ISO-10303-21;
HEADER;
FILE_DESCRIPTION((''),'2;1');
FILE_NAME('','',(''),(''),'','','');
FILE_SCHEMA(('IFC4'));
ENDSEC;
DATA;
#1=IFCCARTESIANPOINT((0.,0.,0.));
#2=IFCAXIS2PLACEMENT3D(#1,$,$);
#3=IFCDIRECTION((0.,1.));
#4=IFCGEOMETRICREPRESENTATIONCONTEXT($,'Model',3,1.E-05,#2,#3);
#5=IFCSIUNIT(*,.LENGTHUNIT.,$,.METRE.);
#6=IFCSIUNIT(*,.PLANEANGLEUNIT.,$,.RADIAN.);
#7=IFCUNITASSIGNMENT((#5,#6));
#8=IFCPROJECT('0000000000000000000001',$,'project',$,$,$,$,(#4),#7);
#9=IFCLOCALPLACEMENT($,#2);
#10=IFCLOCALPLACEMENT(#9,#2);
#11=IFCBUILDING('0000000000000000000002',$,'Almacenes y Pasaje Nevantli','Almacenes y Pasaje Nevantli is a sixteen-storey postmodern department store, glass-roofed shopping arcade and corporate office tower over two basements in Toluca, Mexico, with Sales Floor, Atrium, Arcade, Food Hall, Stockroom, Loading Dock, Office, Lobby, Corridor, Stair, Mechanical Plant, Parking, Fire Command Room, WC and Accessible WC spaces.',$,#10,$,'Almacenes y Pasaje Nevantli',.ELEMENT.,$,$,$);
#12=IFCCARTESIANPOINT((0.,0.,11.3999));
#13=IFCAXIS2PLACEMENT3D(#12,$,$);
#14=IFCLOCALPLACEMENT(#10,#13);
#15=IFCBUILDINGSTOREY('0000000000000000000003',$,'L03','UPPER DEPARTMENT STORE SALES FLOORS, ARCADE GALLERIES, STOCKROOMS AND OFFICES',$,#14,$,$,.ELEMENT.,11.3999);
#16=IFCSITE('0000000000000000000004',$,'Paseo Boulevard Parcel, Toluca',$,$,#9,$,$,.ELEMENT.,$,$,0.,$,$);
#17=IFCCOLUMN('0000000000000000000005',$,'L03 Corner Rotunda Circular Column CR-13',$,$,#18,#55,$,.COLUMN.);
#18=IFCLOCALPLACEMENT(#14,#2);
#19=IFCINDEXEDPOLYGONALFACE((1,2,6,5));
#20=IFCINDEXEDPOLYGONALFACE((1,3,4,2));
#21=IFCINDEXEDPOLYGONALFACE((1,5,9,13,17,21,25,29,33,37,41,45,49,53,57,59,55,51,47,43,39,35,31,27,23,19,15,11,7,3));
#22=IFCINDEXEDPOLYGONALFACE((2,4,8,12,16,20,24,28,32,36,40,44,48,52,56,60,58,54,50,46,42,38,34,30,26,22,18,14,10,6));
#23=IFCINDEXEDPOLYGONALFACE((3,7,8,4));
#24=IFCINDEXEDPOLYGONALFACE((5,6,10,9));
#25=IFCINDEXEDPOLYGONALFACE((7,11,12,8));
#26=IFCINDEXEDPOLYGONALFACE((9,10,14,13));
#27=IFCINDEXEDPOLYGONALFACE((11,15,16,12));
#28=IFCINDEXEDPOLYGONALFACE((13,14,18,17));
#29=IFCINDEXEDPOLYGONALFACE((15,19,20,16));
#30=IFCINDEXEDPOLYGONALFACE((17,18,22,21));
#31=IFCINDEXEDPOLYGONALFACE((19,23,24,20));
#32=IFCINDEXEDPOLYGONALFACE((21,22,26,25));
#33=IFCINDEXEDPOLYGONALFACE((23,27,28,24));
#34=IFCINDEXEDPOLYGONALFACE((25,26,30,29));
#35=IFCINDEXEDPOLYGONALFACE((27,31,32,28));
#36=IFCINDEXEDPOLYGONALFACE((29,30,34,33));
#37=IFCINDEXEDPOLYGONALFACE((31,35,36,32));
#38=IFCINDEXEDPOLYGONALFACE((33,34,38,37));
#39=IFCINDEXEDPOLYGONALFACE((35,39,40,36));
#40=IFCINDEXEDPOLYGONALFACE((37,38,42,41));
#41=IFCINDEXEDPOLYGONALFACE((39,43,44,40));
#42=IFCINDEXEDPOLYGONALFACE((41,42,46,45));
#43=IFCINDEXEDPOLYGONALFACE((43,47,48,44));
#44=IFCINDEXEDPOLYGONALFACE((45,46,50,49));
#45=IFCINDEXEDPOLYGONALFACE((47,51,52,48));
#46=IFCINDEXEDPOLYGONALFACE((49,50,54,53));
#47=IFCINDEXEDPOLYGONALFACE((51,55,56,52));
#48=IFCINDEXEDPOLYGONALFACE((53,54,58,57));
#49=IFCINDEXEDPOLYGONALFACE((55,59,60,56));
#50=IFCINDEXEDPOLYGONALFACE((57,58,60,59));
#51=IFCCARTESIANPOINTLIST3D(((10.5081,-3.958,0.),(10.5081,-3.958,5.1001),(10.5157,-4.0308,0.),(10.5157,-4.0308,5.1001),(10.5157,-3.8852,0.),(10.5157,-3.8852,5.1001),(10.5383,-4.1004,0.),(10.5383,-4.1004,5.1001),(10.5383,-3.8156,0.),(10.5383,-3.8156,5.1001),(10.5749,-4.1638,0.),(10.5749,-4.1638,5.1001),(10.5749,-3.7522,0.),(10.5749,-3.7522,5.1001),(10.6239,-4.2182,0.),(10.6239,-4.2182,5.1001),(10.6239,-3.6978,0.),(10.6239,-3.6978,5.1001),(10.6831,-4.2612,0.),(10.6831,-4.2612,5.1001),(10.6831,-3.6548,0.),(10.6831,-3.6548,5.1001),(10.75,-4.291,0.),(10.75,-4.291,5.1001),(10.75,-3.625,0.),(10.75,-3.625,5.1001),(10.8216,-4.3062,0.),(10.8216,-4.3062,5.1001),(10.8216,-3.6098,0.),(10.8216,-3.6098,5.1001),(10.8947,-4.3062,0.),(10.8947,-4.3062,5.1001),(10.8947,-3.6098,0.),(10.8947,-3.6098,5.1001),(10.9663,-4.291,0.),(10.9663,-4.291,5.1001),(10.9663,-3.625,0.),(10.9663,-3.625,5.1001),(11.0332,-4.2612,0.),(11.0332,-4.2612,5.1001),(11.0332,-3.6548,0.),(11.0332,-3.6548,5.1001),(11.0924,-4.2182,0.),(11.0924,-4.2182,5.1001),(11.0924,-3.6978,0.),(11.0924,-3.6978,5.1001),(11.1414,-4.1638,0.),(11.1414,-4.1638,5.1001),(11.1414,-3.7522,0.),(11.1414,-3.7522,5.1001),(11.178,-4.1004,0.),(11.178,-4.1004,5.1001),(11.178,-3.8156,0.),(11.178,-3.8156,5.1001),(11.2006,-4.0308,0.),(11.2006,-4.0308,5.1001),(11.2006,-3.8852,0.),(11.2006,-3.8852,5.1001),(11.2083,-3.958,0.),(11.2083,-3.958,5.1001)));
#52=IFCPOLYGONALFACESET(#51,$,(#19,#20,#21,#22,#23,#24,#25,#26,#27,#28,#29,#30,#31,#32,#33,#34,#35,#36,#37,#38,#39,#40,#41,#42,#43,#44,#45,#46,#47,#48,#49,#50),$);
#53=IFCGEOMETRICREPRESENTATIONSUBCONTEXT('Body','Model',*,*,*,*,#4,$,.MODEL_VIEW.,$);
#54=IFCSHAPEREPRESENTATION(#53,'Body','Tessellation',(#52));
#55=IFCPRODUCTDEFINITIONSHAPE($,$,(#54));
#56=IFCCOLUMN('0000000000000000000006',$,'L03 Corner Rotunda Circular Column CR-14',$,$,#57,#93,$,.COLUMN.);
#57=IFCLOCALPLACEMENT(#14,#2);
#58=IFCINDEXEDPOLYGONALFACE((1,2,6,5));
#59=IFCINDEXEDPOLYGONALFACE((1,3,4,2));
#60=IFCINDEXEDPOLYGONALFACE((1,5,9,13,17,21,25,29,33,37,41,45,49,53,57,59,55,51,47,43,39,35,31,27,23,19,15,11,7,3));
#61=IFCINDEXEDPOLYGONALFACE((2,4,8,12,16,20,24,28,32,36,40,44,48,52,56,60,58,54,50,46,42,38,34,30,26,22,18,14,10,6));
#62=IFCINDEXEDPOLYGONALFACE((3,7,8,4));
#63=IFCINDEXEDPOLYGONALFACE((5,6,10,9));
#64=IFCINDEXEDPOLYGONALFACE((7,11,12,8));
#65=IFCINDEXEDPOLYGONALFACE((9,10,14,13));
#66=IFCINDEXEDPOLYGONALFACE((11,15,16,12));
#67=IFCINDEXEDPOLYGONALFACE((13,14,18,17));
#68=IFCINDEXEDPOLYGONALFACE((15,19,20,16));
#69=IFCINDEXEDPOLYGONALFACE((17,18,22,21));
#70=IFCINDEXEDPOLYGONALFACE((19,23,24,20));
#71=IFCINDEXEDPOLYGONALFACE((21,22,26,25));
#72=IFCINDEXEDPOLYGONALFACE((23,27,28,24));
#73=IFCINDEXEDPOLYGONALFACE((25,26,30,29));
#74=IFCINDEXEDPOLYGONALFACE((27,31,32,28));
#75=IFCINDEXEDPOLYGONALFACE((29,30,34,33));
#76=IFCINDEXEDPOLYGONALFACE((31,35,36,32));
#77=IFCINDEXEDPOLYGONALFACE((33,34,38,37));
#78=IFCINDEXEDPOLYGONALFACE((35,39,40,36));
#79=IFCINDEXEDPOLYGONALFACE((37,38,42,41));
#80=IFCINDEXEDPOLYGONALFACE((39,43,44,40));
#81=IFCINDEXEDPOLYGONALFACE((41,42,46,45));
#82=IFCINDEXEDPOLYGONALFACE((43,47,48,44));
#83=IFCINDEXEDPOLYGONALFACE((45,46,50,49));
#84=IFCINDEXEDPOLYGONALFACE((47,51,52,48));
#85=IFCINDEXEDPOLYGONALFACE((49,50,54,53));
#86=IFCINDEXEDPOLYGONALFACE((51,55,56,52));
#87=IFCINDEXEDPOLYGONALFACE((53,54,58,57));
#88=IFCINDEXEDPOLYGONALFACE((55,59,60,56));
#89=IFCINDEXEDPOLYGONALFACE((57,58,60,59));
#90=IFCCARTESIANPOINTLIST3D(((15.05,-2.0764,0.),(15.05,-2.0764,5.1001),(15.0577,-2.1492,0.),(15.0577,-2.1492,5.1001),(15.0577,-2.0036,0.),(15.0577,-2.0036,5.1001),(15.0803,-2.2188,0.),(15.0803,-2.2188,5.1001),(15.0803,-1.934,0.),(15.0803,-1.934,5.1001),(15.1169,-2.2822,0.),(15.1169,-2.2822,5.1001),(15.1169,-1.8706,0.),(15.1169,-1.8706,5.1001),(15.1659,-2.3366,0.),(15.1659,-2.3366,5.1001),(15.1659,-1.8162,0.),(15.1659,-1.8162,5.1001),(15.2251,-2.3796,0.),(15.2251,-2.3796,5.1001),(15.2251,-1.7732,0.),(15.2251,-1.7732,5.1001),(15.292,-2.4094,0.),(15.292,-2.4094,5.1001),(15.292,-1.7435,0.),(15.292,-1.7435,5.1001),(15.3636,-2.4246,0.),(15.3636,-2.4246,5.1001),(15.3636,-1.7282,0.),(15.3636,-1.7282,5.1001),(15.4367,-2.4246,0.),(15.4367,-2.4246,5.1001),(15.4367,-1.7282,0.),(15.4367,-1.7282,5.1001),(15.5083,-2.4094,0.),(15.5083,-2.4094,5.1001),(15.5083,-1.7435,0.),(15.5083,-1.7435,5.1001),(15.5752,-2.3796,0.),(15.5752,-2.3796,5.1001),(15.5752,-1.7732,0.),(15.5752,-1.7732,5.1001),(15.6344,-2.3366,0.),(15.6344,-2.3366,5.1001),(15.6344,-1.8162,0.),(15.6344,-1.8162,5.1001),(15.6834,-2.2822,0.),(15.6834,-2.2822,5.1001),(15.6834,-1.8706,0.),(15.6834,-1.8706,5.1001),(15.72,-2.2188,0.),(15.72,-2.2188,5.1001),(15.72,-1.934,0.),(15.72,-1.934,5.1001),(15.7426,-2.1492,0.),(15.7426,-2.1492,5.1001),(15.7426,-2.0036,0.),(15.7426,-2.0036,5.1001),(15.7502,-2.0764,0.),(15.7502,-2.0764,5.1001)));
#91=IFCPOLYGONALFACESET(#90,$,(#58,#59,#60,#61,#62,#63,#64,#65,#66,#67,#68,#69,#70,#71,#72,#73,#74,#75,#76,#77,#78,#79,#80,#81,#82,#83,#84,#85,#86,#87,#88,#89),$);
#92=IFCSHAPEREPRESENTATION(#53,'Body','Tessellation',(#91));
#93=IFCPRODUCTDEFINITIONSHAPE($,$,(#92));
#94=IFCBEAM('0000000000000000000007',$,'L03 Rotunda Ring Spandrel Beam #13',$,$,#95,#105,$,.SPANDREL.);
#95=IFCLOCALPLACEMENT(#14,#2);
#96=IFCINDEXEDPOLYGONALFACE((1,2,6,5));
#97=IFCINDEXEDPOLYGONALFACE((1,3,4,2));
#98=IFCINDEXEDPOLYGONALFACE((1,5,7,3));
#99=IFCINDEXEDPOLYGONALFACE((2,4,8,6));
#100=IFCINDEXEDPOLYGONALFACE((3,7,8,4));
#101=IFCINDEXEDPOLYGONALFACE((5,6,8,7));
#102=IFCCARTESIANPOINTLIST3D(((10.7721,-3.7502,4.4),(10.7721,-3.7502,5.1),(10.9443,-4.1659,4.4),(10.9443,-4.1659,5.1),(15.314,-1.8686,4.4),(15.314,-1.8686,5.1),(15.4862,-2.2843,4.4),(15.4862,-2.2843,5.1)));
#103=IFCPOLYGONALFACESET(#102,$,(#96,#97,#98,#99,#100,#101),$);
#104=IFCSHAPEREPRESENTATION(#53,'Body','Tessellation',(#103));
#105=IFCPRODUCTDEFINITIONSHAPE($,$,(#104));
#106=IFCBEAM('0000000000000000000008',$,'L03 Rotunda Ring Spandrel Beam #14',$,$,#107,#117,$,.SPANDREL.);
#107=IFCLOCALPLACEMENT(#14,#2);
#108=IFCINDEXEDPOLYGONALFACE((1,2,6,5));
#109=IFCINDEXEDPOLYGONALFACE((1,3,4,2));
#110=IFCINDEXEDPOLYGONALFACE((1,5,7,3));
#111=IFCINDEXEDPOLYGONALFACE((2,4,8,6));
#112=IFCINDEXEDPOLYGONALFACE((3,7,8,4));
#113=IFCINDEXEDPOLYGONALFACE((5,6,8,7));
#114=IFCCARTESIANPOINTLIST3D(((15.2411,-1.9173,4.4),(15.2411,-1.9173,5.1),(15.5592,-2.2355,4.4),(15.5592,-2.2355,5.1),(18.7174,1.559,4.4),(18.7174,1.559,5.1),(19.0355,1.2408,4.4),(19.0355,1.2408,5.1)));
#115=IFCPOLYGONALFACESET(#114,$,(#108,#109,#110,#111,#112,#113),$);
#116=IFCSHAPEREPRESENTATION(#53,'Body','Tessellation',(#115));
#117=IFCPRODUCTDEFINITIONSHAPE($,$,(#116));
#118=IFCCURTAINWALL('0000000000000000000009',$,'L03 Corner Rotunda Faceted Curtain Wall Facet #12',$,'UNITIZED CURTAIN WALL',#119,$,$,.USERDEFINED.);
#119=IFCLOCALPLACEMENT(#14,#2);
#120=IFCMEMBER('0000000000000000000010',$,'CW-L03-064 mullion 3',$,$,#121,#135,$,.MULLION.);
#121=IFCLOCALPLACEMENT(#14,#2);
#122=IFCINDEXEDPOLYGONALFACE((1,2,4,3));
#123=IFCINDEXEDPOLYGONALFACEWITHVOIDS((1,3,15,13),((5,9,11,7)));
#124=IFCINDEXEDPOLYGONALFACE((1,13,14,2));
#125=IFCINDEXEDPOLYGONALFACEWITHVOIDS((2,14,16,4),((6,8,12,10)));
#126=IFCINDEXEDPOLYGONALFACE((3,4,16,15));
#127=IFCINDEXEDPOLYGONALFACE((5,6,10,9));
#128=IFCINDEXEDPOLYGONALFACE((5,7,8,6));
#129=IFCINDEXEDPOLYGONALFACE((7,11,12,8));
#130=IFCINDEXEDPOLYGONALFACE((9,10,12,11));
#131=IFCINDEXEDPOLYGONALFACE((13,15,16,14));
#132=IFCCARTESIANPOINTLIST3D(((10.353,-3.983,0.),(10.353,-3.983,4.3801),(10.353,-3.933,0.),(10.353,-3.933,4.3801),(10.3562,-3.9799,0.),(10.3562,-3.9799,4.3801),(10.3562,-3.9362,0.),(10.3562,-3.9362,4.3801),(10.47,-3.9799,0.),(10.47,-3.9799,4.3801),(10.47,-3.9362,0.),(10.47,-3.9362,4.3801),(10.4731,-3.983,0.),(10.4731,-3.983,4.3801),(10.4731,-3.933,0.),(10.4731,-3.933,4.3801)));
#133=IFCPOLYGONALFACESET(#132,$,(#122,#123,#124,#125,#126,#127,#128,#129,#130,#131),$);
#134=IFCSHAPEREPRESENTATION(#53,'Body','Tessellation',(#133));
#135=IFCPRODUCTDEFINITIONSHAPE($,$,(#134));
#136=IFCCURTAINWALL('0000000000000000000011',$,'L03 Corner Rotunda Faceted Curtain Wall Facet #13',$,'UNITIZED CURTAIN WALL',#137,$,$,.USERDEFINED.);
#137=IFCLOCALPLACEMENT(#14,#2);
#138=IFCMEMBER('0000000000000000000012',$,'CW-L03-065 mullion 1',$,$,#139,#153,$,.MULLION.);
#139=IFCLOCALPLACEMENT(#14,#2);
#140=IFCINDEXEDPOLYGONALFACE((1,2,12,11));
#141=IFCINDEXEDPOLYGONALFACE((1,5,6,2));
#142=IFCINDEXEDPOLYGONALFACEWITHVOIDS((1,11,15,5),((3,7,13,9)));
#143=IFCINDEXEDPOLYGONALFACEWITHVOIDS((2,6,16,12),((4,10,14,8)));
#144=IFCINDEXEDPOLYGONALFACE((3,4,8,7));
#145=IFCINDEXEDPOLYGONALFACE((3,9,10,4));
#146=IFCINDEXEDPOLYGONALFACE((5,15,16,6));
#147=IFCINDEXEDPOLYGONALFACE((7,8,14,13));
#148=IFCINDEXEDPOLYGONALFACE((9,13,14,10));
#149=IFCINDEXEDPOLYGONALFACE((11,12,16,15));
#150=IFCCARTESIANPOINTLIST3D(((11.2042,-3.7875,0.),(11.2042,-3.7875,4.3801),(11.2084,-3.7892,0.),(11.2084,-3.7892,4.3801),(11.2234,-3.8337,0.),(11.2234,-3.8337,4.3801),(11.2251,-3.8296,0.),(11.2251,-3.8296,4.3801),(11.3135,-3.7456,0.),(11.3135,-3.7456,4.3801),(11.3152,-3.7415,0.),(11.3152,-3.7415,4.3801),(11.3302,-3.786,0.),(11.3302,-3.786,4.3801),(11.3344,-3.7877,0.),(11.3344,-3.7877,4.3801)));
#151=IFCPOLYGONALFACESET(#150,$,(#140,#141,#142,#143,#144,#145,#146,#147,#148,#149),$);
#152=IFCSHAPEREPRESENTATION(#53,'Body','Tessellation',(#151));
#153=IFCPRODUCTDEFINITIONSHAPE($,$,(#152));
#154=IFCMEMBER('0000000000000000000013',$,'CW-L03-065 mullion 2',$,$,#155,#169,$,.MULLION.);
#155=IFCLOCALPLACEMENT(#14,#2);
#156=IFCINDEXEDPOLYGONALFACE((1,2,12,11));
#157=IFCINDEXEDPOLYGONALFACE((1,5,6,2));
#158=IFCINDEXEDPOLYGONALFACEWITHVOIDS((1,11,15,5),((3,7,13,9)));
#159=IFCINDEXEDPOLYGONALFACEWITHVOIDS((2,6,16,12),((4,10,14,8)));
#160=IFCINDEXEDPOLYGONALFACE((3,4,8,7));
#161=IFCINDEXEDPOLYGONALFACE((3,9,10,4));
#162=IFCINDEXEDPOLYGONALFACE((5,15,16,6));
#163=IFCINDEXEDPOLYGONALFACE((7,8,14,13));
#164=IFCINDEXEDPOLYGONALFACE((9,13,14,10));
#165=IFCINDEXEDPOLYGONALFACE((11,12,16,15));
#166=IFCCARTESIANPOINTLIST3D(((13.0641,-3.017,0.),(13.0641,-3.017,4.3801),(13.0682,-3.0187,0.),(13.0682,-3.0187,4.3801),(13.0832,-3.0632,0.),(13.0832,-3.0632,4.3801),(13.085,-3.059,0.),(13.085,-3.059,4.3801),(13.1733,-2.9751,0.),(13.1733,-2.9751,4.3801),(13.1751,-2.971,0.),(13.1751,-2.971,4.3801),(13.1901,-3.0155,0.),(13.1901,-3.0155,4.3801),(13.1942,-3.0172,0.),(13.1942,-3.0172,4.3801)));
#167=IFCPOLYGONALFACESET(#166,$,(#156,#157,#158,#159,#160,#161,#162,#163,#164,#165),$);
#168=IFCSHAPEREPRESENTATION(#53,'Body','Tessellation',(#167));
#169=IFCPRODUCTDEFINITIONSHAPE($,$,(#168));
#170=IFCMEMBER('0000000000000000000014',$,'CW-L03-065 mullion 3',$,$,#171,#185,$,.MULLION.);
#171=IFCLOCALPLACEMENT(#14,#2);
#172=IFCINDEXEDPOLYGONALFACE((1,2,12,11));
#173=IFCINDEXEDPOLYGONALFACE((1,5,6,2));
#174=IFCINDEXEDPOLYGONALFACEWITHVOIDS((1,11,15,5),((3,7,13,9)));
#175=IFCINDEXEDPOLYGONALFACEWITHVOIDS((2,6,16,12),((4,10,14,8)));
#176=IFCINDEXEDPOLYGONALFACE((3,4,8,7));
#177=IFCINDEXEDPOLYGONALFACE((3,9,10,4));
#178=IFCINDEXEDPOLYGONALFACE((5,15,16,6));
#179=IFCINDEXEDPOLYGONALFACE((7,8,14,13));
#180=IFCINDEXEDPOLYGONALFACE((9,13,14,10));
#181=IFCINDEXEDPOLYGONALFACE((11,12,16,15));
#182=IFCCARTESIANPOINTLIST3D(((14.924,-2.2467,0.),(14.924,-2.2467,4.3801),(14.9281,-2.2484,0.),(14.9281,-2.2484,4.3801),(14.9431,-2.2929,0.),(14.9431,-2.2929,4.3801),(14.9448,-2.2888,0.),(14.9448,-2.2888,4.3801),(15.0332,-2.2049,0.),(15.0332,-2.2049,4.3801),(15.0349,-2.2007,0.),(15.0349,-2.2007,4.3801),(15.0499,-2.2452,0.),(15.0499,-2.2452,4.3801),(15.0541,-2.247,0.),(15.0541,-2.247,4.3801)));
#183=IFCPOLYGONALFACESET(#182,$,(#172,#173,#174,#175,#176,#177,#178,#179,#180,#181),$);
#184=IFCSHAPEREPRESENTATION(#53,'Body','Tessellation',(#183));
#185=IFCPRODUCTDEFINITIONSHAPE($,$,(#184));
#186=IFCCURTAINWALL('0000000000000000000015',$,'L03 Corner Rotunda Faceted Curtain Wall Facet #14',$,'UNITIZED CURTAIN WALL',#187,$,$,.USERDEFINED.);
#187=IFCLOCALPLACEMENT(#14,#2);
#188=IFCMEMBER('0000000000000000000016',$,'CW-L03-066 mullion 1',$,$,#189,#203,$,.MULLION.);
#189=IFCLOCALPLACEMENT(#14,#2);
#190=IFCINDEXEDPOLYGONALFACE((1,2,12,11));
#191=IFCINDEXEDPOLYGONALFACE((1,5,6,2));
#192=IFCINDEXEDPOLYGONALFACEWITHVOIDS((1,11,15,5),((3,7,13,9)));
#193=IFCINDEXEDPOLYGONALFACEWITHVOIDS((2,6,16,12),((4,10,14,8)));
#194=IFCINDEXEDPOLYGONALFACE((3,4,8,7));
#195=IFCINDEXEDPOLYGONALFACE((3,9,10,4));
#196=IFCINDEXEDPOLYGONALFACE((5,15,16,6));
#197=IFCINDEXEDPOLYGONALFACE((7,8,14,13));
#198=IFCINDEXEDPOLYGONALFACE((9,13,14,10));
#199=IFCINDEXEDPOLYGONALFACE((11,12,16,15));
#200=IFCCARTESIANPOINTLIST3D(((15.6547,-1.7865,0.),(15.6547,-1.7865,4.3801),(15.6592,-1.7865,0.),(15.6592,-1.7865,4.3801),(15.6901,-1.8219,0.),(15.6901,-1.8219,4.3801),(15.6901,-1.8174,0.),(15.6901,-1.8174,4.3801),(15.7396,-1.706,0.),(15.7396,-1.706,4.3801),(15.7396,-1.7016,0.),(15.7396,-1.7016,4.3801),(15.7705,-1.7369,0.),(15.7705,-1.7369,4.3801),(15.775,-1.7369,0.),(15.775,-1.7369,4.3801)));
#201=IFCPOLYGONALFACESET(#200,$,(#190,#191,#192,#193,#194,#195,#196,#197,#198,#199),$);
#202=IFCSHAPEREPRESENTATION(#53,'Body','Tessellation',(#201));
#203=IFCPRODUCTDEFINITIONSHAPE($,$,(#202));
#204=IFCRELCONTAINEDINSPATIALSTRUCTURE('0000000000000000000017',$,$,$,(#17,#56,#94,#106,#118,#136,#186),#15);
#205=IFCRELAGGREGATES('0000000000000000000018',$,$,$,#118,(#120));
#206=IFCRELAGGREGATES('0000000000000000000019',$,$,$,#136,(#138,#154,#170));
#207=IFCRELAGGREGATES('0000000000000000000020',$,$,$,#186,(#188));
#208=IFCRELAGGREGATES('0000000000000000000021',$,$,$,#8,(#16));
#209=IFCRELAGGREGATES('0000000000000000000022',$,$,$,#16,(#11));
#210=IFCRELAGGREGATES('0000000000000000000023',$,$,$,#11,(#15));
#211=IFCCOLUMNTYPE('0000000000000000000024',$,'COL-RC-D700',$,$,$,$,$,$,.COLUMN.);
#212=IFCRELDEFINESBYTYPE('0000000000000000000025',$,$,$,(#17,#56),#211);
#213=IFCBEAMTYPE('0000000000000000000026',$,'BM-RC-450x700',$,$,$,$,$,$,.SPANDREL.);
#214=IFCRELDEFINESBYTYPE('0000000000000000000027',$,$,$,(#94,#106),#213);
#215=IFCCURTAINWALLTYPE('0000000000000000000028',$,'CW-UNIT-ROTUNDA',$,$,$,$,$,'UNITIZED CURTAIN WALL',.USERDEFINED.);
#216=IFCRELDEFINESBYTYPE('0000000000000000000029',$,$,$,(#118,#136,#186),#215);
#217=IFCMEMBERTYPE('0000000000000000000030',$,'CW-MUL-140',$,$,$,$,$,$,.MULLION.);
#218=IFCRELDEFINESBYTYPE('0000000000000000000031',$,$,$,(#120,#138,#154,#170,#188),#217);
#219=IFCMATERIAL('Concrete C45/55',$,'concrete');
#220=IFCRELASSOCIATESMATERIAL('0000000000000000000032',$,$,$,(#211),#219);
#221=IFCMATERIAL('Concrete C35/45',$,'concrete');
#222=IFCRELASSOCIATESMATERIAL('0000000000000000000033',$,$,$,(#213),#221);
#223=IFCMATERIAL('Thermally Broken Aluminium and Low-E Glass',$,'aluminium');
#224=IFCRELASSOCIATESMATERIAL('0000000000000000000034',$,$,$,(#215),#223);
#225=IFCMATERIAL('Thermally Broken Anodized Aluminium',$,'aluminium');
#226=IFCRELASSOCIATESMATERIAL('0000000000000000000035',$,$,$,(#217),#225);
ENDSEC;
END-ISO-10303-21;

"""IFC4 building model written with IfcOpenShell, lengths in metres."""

from ifc_helpers import new_model, si_unit, direction, frame, origin, origin_2d, place, context, subcontext, project, spatial, rectangle, hollow_rectangle, circle, extrude, material, material_profile, profile_set, type_object, element, aggregate, save


model = new_model("IFC4")

# Units and contexts
model_context = context("Model", 3, precision=1e-05, world=origin(), true_north=direction((0.0, 1.0)))
body_context = subcontext(model_context, "Body", "Model", "MODEL_VIEW")
ifc_project = project(units=[si_unit("LENGTHUNIT", "METRE"), si_unit("PLANEANGLEUNIT", "RADIAN")], contexts=[model_context])

# Site, building, storey
site_placement = place(None, origin())
site = spatial("IfcSite", under=ifc_project, at=site_placement, Name="Paseo Boulevard Parcel, Toluca", CompositionType="ELEMENT", RefElevation=0.0)
building_placement = place(site_placement, origin())
building = spatial("IfcBuilding", under=site, at=building_placement, Name="Almacenes y Pasaje Nevantli", Description="Almacenes y Pasaje Nevantli is a sixteen-storey postmodern department store, glass-roofed shopping arcade and corporate office tower over two basements in Toluca, Mexico, with Sales Floor, Atrium, Arcade, Food Hall, Stockroom, Loading Dock, Office, Lobby, Corridor, Stair, Mechanical Plant, Parking, Fire Command Room, WC and Accessible WC spaces.", LongName="Almacenes y Pasaje Nevantli", CompositionType="ELEMENT")
storey_placement = place(building_placement, frame((0.0, 0.0, 11.3999)))
storey = spatial("IfcBuildingStorey", under=building, at=storey_placement, Name="L03", Description="UPPER DEPARTMENT STORE SALES FLOORS, ARCADE GALLERIES, STOCKROOMS AND OFFICES", CompositionType="ELEMENT", Elevation=11.3999)

# Columns
ifc_material_1 = material(Name="Concrete C45/55", Category="concrete")
ifc_material_profile_1 = material_profile(ifc_material_1, circle(Radius=0.3501, at=origin_2d()), Name="RC-COL-D700")
ifc_profile_set_1 = profile_set([ifc_material_profile_1], Name="Concrete C45/55")
column_type = type_object("IfcColumnType", Name="COL-RC-D700", PredefinedType="COLUMN", material=ifc_profile_set_1)
for number, where, z_axis, x_axis, name in (
    (1, (10.8582, -3.958, 0.0), (0.0, 0.0, 1.0), (1.0, 0.0, 0.0), "L03 Corner Rotunda Circular Column CR-13"),
    (2, (15.4001, -2.0764, 0.0), (0.0, 0.0, 1.0), (1.0, 0.0, 0.0), "L03 Corner Rotunda Circular Column CR-14"),
):
    element("IfcColumn", number, at=place(storey_placement, frame(where, z_axis=z_axis, x_axis=x_axis)), inside=storey, type_object=column_type, Name=name, PredefinedType="COLUMN", context=body_context, shape_type="SweptSolid", body=[
        extrude(circle(Radius=0.3501, at=origin_2d()), origin(), (0.0, 0.0, 1.0), 5.1001),
    ])

# Beams
ifc_material_2 = material(Name="Concrete C35/45", Category="concrete")
ifc_material_profile_2 = material_profile(ifc_material_2, rectangle(XDim=0.45, YDim=0.7, at=origin_2d()), Name="RC-BM-450x700")
ifc_profile_set_2 = profile_set([ifc_material_profile_2], Name="Concrete C35/45")
beam_type = type_object("IfcBeamType", Name="BM-RC-450x700", PredefinedType="SPANDREL", material=ifc_profile_set_2)
for number, where, z_axis, x_axis, name in (
    (3, (10.8582, -3.958, 4.75), (0.923862, 0.382725, 0.0), (-0.382725, 0.923862, 0.0), "L03 Rotunda Ring Spandrel Beam #13"),
    (4, (15.4001, -2.0764, 4.75), (0.707107, 0.707107, 0.0), (-0.707107, 0.707107, 0.0), "L03 Rotunda Ring Spandrel Beam #14"),
):
    element("IfcBeam", number, at=place(storey_placement, frame(where, z_axis=z_axis, x_axis=x_axis)), inside=storey, type_object=beam_type, Name=name, PredefinedType="SPANDREL", context=body_context, shape_type="SweptSolid", body=[
        extrude(rectangle(XDim=0.45, YDim=0.7, at=origin_2d()), origin(), (0.0, 0.0, 1.0), 4.9163),
    ])

# Curtain wall, member
ifc_material_3 = material(Name="Thermally Broken Aluminium and Low-E Glass", Category="aluminium")
curtain_wall_type = type_object("IfcCurtainWallType", Name="CW-UNIT-ROTUNDA", ElementType="UNITIZED CURTAIN WALL", PredefinedType="USERDEFINED", material=ifc_material_3)
curtain_wall_1_placement = place(storey_placement, origin())
curtain_wall_1 = element("IfcCurtainWall", 5, at=curtain_wall_1_placement, inside=storey, type_object=curtain_wall_type, Name="L03 Corner Rotunda Faceted Curtain Wall Facet #12", ObjectType="UNITIZED CURTAIN WALL", PredefinedType="USERDEFINED")
ifc_material_4 = material(Name="Thermally Broken Anodized Aluminium", Category="aluminium")
ifc_material_profile_3 = material_profile(ifc_material_4, hollow_rectangle(XDim=0.05, YDim=0.1201, WallThickness=0.0032, at=origin_2d()), Name="ALU-MUL-50x120")
ifc_profile_set_3 = profile_set([ifc_material_profile_3], Name="Thermally Broken Anodized Aluminium")
member_type_1 = type_object("IfcMemberType", Name="CW-MUL-140", PredefinedType="MULLION", material=ifc_profile_set_3)
member_1_placement = place(storey_placement, frame((10.4131, -3.958, 0.0), z_axis=(0.0, 0.0, 1.0), x_axis=(0.0, 1.0, 0.0)))
member_1 = element("IfcMember", 6, at=member_1_placement, type_object=member_type_1, Name="CW-L03-064 mullion 3", PredefinedType="MULLION", context=body_context, shape_type="SweptSolid", body=[
    extrude(hollow_rectangle(XDim=0.05, YDim=0.1201, WallThickness=0.0032, at=origin_2d()), origin(), (0.0, 0.0, 1.0), 4.3801),
])

# Curtain wall, members
curtain_wall_2_placement = place(storey_placement, origin())
curtain_wall_2 = element("IfcCurtainWall", 7, at=curtain_wall_2_placement, inside=storey, type_object=curtain_wall_type, Name="L03 Corner Rotunda Faceted Curtain Wall Facet #13", ObjectType="UNITIZED CURTAIN WALL", PredefinedType="USERDEFINED")
member_2_placement = place(storey_placement, frame((11.2693, -3.7876, 0.0), z_axis=(0.0, 0.0, 1.0), x_axis=(-0.382698, 0.923873, 0.0)))
member_2 = element("IfcMember", 8, at=member_2_placement, type_object=member_type_1, Name="CW-L03-065 mullion 1", PredefinedType="MULLION", context=body_context, shape_type="SweptSolid", body=[
    extrude(hollow_rectangle(XDim=0.05, YDim=0.1201, WallThickness=0.0032, at=origin_2d()), origin(), (0.0, 0.0, 1.0), 4.3801),
])
member_3_placement = place(storey_placement, frame((13.1292, -3.0171, 0.0), z_axis=(0.0, 0.0, 1.0), x_axis=(-0.382698, 0.923873, 0.0)))
member_3 = element("IfcMember", 9, at=member_3_placement, type_object=member_type_1, Name="CW-L03-065 mullion 2", PredefinedType="MULLION", context=body_context, shape_type="SweptSolid", body=[
    extrude(hollow_rectangle(XDim=0.05, YDim=0.1201, WallThickness=0.0032, at=origin_2d()), origin(), (0.0, 0.0, 1.0), 4.3801),
])
member_4_placement = place(storey_placement, frame((14.989, -2.2468, 0.0), z_axis=(0.0, 0.0, 1.0), x_axis=(-0.382698, 0.923873, 0.0)))
member_4 = element("IfcMember", 10, at=member_4_placement, type_object=member_type_1, Name="CW-L03-065 mullion 3", PredefinedType="MULLION", context=body_context, shape_type="SweptSolid", body=[
    extrude(hollow_rectangle(XDim=0.05, YDim=0.1201, WallThickness=0.0032, at=origin_2d()), origin(), (0.0, 0.0, 1.0), 4.3801),
])

# Curtain wall, member
curtain_wall_3_placement = place(storey_placement, origin())
curtain_wall_3 = element("IfcCurtainWall", 11, at=curtain_wall_3_placement, inside=storey, type_object=curtain_wall_type, Name="L03 Corner Rotunda Faceted Curtain Wall Facet #14", ObjectType="UNITIZED CURTAIN WALL", PredefinedType="USERDEFINED")
member_5_placement = place(storey_placement, frame((15.7148, -1.7617, 0.0), z_axis=(0.0, 0.0, 1.0), x_axis=(-0.707107, 0.707107, 0.0)))
member_5 = element("IfcMember", 12, at=member_5_placement, type_object=member_type_1, Name="CW-L03-066 mullion 1", PredefinedType="MULLION", context=body_context, shape_type="SweptSolid", body=[
    extrude(hollow_rectangle(XDim=0.05, YDim=0.1201, WallThickness=0.0032, at=origin_2d()), origin(), (0.0, 0.0, 1.0), 4.3801),
])

aggregate(curtain_wall_1, [member_1])
aggregate(curtain_wall_2, [member_2, member_3, member_4])
aggregate(curtain_wall_3, [member_5])

save(model, "model.ifc")
